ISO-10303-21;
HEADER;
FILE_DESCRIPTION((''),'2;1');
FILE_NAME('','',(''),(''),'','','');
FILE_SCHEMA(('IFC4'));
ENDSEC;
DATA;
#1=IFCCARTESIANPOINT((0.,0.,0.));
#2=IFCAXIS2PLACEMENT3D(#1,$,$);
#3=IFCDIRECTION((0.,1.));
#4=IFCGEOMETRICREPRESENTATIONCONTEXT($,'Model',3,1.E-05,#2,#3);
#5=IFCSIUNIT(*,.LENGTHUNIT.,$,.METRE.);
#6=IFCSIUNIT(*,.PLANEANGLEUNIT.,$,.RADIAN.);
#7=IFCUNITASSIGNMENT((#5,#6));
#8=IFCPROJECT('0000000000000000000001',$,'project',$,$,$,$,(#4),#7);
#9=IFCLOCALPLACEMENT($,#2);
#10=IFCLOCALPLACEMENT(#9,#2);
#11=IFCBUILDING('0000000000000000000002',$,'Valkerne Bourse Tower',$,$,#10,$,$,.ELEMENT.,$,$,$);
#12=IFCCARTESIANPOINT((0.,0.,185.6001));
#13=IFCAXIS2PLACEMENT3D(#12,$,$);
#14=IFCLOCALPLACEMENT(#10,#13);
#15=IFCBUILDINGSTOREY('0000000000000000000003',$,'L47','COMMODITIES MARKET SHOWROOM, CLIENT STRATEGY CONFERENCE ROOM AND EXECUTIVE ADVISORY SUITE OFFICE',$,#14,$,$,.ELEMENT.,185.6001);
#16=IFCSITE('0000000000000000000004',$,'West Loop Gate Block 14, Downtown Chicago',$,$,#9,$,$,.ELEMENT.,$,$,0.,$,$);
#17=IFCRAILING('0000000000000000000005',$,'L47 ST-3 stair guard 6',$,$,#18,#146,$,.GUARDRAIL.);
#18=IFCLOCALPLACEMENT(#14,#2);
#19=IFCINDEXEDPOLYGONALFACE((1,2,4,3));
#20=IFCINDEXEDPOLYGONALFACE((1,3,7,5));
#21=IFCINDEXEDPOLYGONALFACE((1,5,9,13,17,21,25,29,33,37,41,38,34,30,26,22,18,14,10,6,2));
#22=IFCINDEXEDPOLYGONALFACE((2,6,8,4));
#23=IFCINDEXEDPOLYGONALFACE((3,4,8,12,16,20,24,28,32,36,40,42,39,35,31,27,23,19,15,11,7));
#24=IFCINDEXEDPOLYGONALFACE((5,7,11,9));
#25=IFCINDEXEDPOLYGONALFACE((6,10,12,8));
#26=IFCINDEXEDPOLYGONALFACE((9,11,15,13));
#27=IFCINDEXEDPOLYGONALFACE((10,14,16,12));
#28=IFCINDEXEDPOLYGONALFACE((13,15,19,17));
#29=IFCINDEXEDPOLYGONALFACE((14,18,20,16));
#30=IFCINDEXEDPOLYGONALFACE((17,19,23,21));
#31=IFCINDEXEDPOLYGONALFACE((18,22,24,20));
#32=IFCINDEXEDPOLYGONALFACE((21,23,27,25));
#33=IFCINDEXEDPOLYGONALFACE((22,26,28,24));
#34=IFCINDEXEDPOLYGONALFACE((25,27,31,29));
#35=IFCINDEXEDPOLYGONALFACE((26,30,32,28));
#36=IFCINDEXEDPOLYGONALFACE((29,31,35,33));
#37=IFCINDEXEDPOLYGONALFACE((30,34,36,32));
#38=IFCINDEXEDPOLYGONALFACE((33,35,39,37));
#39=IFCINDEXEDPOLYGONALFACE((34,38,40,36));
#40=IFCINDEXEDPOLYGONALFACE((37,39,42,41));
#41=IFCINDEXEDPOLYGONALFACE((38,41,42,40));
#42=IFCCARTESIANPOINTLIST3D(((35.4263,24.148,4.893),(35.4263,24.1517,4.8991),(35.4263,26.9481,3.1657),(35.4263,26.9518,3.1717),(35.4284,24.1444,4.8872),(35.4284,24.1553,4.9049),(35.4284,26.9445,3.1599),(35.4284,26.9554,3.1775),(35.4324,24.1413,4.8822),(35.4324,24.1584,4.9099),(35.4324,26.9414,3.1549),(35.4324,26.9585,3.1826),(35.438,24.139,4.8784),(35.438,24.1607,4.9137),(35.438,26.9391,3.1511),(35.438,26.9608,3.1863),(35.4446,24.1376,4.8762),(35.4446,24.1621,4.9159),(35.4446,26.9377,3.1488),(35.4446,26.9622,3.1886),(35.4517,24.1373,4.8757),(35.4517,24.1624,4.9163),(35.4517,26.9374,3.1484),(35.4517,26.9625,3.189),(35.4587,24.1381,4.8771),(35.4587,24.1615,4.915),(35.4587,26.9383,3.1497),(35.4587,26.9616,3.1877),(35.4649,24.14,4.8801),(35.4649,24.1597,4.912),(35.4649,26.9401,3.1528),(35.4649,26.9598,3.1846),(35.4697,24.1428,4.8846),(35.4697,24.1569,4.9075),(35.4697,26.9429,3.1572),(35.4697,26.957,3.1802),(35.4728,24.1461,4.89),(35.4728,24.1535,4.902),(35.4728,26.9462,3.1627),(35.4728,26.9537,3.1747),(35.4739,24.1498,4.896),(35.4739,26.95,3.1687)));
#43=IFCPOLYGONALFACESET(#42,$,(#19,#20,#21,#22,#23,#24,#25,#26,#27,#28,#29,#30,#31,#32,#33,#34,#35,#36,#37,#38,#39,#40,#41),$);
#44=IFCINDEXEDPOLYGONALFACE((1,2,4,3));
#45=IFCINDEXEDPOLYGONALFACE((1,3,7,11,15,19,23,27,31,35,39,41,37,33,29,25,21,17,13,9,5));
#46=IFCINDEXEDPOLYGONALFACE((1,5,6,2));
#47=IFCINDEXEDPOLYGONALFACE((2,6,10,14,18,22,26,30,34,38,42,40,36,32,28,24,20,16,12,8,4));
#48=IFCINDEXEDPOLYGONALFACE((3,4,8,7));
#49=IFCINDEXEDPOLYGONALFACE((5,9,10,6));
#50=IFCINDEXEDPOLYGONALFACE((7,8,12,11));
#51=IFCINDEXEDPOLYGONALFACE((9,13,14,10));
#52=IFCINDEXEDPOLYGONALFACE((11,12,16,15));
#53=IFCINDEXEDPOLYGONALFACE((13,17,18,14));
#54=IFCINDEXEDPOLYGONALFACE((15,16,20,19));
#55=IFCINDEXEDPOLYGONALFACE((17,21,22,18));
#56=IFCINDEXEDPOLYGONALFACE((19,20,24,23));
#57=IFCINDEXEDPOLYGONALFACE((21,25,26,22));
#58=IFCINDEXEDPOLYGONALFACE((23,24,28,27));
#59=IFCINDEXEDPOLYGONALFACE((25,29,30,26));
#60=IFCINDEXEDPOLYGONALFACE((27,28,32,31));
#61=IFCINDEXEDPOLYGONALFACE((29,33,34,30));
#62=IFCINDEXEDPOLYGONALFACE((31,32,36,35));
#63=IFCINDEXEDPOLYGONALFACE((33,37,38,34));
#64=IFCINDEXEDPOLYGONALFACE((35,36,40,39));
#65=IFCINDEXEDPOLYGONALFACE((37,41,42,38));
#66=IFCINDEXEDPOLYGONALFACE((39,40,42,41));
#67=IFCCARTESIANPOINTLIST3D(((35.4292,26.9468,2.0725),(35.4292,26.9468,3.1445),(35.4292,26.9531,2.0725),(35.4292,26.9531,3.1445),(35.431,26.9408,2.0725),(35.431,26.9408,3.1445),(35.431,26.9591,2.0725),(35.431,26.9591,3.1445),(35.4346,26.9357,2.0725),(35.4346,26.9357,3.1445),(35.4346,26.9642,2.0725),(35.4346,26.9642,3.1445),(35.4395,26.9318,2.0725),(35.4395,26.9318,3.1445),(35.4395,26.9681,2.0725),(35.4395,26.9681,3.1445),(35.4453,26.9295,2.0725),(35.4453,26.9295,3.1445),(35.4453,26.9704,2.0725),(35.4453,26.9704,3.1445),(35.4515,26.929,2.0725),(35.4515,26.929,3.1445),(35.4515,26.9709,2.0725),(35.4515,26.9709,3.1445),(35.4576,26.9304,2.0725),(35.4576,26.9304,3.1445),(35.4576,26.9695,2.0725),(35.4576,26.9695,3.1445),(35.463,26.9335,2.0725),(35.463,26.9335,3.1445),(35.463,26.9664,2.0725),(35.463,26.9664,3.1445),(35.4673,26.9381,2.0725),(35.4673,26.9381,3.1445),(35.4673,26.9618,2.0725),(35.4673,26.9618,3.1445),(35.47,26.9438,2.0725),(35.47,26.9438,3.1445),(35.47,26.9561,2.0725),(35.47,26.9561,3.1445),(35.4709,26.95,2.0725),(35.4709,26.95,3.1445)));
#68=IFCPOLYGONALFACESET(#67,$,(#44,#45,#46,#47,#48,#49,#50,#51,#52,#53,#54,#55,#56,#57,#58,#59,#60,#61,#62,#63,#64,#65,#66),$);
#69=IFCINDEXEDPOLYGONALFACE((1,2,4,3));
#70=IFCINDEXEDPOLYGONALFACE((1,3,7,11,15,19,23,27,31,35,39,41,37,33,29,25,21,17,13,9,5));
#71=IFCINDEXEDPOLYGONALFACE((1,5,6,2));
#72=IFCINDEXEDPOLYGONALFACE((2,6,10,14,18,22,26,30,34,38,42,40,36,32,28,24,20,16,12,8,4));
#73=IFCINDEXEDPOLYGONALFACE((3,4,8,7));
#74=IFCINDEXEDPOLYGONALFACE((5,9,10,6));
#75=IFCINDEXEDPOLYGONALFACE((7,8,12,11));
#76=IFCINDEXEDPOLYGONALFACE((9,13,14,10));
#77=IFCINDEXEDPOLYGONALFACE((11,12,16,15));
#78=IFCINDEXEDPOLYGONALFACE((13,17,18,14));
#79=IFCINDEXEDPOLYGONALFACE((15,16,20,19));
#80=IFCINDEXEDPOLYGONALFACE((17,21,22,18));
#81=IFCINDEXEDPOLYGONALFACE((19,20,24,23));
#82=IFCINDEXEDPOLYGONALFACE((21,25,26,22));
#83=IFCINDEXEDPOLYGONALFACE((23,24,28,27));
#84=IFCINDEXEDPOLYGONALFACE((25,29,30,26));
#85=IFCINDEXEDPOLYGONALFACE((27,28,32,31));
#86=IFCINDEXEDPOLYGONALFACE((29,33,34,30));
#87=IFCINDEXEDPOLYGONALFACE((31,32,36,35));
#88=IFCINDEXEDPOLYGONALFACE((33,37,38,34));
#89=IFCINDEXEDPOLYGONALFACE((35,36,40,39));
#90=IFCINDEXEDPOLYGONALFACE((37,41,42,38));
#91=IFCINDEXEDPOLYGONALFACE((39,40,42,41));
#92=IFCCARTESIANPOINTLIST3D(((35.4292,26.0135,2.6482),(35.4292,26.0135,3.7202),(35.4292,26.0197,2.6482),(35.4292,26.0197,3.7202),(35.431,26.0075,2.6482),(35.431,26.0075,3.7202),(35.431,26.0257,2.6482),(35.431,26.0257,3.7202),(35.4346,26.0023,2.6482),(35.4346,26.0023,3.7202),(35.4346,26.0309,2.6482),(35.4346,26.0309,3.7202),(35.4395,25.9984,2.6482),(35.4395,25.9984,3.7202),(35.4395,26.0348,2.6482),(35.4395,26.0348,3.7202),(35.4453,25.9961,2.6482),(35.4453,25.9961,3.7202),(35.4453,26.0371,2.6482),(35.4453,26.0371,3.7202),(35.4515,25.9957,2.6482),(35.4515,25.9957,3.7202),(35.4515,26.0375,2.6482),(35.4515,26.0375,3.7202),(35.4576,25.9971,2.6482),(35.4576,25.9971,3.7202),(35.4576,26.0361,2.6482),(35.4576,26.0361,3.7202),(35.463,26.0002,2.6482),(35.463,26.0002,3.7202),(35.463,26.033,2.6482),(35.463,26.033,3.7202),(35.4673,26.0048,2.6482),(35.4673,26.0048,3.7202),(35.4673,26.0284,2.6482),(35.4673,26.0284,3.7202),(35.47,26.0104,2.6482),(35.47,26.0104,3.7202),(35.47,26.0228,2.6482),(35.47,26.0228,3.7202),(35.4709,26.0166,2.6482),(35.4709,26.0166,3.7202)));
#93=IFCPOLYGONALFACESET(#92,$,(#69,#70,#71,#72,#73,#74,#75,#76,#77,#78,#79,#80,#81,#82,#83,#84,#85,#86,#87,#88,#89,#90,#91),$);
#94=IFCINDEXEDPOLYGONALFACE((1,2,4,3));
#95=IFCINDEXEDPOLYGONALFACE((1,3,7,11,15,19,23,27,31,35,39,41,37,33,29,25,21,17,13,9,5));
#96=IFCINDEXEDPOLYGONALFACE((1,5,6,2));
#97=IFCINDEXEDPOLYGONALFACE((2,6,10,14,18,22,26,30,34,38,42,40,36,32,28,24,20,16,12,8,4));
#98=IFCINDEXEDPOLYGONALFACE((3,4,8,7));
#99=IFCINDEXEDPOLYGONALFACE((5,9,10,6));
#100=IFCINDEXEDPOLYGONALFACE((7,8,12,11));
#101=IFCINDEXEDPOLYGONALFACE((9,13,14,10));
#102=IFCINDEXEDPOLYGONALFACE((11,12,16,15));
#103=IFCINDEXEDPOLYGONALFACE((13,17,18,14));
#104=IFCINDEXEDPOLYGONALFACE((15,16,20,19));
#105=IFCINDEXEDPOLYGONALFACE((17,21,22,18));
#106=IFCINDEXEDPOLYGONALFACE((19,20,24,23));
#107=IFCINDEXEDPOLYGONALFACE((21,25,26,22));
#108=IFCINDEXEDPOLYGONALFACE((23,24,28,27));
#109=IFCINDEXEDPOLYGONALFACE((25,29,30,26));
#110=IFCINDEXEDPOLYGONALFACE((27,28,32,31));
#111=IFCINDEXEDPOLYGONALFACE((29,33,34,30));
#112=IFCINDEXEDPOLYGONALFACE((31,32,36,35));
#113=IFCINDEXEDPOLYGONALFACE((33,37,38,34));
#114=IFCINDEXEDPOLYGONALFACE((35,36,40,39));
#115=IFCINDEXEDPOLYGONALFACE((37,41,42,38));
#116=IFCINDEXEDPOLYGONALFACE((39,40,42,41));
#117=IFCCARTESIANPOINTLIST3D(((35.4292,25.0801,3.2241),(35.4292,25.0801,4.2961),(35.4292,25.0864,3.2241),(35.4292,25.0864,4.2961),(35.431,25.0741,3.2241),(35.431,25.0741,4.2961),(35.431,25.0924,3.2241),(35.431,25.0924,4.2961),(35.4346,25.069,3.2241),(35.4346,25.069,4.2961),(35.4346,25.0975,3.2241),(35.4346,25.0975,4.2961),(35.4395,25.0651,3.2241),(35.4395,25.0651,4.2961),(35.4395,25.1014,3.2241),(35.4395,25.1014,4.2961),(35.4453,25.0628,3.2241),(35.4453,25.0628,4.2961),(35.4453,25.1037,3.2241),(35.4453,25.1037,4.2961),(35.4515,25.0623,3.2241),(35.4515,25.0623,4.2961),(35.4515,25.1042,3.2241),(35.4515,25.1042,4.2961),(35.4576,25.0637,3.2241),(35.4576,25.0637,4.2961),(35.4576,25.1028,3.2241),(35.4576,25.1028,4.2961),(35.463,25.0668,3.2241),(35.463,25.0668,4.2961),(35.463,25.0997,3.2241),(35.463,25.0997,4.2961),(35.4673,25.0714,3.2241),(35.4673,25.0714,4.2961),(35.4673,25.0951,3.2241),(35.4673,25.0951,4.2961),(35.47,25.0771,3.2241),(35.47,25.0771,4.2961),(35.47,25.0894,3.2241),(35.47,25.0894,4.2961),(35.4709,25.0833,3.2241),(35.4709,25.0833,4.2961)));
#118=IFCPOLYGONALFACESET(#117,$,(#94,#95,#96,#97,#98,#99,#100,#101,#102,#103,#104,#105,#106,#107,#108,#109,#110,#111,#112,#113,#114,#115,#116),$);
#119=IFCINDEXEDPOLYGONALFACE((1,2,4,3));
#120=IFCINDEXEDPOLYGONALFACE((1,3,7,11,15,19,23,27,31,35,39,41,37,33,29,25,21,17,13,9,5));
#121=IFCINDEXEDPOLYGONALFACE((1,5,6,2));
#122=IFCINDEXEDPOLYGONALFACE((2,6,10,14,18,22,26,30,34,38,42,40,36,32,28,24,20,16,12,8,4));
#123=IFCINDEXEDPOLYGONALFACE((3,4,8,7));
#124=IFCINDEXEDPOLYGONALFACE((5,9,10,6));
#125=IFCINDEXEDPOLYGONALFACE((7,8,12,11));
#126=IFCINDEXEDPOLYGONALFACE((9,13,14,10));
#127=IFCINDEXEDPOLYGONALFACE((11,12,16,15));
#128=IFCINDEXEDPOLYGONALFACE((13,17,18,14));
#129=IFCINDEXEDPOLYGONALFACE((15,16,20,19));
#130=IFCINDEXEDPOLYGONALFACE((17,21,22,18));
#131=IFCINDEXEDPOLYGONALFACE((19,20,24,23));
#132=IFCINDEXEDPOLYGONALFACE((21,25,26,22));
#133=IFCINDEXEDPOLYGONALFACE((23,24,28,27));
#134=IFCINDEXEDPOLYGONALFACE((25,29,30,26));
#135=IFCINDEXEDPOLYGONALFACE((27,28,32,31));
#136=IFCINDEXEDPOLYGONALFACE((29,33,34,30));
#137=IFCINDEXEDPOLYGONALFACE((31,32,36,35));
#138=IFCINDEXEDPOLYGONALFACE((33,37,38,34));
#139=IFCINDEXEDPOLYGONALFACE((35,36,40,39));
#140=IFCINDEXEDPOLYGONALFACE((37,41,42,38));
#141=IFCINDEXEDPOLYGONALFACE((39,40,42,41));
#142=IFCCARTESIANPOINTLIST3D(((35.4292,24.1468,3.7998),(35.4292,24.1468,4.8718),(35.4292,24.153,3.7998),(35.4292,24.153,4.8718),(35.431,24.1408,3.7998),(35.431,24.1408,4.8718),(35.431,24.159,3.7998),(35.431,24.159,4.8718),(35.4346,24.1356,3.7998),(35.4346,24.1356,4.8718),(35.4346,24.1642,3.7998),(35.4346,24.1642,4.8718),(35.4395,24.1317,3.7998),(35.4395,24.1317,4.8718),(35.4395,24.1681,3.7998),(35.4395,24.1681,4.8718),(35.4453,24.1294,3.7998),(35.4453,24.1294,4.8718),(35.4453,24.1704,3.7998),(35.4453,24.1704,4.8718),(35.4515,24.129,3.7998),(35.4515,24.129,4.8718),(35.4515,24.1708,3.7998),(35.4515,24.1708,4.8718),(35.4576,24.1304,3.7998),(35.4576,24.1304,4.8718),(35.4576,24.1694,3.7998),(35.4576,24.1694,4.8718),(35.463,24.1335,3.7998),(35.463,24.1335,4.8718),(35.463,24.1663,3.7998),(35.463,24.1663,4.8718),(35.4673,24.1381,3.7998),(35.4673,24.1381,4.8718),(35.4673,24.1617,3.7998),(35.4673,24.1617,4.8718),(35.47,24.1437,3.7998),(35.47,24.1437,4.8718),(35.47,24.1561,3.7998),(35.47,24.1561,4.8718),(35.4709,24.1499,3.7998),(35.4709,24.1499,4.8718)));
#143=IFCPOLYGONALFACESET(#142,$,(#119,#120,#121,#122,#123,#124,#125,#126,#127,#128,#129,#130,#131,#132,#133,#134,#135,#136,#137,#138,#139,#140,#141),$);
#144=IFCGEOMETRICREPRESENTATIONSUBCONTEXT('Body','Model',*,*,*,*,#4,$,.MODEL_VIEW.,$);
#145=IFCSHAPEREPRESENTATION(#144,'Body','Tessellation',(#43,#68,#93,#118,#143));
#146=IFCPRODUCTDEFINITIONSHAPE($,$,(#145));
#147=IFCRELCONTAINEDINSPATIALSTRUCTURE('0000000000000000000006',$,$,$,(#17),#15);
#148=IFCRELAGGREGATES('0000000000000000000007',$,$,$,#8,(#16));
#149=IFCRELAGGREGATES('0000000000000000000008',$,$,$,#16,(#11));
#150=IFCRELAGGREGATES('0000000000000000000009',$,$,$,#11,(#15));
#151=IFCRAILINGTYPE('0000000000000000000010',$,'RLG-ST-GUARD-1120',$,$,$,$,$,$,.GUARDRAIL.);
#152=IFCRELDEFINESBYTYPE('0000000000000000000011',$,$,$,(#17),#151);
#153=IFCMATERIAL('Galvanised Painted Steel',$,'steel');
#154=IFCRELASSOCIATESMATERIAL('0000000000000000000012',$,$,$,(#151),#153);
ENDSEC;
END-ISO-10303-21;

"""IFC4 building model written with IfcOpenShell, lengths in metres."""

from ifc_helpers import new_model, si_unit, direction, frame, origin, origin_2d, place, context, subcontext, project, spatial, circle, extrude, material, type_object, element, save


model = new_model("IFC4")

# Units and contexts
model_context = context("Model", 3, precision=1e-05, world=origin(), true_north=direction((0.0, 1.0)))
body_context = subcontext(model_context, "Body", "Model", "MODEL_VIEW")
ifc_project = project(units=[si_unit("LENGTHUNIT", "METRE"), si_unit("PLANEANGLEUNIT", "RADIAN")], contexts=[model_context])

# Site, building, storey
site_placement = place(None, origin())
site = spatial("IfcSite", under=ifc_project, at=site_placement, Name="West Loop Gate Block 14, Downtown Chicago", CompositionType="ELEMENT", RefElevation=0.0)
building_placement = place(site_placement, origin())
building = spatial("IfcBuilding", under=site, at=building_placement, Name="Valkerne Bourse Tower", CompositionType="ELEMENT")
storey_placement = place(building_placement, frame((0.0, 0.0, 185.6001)))
storey = spatial("IfcBuildingStorey", under=building, at=storey_placement, Name="L47", Description="COMMODITIES MARKET SHOWROOM, CLIENT STRATEGY CONFERENCE ROOM AND EXECUTIVE ADVISORY SUITE OFFICE", CompositionType="ELEMENT", Elevation=185.6001)

# Railing
ifc_material_1 = material(Name="Galvanised Painted Steel", Category="steel")
railing_type_1 = type_object("IfcRailingType", Name="RLG-ST-GUARD-1120", PredefinedType="GUARDRAIL", material=ifc_material_1)
railing_1_placement = place(storey_placement, frame((35.45, 26.95, 2.0725)))
element("IfcRailing", 1, at=railing_1_placement, inside=storey, type_object=railing_type_1, Name="L47 ST-3 stair guard 6", PredefinedType="GUARDRAIL", context=body_context, shape_type="SweptSolid", body=[
    extrude(circle(Radius=0.0239, at=origin_2d()), frame((0.0, 0.0, 1.0962), z_axis=(0.0, -0.85109, 0.52502), x_axis=(1.0, 0.0, 0.0)), (0.0, 0.0, 1.0), 3.29),
    extrude(circle(Radius=0.021, at=origin_2d()), origin(), (0.0, 0.0, 1.0), 1.072),
    extrude(circle(Radius=0.021, at=origin_2d()), frame((0.0, -0.9333, 0.5757)), (0.0, 0.0, 1.0), 1.072),
    extrude(circle(Radius=0.021, at=origin_2d()), frame((0.0, -1.8667, 1.1516)), (0.0, 0.0, 1.0), 1.072),
    extrude(circle(Radius=0.021, at=origin_2d()), frame((0.0, -2.8, 1.7273)), (0.0, 0.0, 1.0), 1.072),
])

save(model, "model.ifc")
